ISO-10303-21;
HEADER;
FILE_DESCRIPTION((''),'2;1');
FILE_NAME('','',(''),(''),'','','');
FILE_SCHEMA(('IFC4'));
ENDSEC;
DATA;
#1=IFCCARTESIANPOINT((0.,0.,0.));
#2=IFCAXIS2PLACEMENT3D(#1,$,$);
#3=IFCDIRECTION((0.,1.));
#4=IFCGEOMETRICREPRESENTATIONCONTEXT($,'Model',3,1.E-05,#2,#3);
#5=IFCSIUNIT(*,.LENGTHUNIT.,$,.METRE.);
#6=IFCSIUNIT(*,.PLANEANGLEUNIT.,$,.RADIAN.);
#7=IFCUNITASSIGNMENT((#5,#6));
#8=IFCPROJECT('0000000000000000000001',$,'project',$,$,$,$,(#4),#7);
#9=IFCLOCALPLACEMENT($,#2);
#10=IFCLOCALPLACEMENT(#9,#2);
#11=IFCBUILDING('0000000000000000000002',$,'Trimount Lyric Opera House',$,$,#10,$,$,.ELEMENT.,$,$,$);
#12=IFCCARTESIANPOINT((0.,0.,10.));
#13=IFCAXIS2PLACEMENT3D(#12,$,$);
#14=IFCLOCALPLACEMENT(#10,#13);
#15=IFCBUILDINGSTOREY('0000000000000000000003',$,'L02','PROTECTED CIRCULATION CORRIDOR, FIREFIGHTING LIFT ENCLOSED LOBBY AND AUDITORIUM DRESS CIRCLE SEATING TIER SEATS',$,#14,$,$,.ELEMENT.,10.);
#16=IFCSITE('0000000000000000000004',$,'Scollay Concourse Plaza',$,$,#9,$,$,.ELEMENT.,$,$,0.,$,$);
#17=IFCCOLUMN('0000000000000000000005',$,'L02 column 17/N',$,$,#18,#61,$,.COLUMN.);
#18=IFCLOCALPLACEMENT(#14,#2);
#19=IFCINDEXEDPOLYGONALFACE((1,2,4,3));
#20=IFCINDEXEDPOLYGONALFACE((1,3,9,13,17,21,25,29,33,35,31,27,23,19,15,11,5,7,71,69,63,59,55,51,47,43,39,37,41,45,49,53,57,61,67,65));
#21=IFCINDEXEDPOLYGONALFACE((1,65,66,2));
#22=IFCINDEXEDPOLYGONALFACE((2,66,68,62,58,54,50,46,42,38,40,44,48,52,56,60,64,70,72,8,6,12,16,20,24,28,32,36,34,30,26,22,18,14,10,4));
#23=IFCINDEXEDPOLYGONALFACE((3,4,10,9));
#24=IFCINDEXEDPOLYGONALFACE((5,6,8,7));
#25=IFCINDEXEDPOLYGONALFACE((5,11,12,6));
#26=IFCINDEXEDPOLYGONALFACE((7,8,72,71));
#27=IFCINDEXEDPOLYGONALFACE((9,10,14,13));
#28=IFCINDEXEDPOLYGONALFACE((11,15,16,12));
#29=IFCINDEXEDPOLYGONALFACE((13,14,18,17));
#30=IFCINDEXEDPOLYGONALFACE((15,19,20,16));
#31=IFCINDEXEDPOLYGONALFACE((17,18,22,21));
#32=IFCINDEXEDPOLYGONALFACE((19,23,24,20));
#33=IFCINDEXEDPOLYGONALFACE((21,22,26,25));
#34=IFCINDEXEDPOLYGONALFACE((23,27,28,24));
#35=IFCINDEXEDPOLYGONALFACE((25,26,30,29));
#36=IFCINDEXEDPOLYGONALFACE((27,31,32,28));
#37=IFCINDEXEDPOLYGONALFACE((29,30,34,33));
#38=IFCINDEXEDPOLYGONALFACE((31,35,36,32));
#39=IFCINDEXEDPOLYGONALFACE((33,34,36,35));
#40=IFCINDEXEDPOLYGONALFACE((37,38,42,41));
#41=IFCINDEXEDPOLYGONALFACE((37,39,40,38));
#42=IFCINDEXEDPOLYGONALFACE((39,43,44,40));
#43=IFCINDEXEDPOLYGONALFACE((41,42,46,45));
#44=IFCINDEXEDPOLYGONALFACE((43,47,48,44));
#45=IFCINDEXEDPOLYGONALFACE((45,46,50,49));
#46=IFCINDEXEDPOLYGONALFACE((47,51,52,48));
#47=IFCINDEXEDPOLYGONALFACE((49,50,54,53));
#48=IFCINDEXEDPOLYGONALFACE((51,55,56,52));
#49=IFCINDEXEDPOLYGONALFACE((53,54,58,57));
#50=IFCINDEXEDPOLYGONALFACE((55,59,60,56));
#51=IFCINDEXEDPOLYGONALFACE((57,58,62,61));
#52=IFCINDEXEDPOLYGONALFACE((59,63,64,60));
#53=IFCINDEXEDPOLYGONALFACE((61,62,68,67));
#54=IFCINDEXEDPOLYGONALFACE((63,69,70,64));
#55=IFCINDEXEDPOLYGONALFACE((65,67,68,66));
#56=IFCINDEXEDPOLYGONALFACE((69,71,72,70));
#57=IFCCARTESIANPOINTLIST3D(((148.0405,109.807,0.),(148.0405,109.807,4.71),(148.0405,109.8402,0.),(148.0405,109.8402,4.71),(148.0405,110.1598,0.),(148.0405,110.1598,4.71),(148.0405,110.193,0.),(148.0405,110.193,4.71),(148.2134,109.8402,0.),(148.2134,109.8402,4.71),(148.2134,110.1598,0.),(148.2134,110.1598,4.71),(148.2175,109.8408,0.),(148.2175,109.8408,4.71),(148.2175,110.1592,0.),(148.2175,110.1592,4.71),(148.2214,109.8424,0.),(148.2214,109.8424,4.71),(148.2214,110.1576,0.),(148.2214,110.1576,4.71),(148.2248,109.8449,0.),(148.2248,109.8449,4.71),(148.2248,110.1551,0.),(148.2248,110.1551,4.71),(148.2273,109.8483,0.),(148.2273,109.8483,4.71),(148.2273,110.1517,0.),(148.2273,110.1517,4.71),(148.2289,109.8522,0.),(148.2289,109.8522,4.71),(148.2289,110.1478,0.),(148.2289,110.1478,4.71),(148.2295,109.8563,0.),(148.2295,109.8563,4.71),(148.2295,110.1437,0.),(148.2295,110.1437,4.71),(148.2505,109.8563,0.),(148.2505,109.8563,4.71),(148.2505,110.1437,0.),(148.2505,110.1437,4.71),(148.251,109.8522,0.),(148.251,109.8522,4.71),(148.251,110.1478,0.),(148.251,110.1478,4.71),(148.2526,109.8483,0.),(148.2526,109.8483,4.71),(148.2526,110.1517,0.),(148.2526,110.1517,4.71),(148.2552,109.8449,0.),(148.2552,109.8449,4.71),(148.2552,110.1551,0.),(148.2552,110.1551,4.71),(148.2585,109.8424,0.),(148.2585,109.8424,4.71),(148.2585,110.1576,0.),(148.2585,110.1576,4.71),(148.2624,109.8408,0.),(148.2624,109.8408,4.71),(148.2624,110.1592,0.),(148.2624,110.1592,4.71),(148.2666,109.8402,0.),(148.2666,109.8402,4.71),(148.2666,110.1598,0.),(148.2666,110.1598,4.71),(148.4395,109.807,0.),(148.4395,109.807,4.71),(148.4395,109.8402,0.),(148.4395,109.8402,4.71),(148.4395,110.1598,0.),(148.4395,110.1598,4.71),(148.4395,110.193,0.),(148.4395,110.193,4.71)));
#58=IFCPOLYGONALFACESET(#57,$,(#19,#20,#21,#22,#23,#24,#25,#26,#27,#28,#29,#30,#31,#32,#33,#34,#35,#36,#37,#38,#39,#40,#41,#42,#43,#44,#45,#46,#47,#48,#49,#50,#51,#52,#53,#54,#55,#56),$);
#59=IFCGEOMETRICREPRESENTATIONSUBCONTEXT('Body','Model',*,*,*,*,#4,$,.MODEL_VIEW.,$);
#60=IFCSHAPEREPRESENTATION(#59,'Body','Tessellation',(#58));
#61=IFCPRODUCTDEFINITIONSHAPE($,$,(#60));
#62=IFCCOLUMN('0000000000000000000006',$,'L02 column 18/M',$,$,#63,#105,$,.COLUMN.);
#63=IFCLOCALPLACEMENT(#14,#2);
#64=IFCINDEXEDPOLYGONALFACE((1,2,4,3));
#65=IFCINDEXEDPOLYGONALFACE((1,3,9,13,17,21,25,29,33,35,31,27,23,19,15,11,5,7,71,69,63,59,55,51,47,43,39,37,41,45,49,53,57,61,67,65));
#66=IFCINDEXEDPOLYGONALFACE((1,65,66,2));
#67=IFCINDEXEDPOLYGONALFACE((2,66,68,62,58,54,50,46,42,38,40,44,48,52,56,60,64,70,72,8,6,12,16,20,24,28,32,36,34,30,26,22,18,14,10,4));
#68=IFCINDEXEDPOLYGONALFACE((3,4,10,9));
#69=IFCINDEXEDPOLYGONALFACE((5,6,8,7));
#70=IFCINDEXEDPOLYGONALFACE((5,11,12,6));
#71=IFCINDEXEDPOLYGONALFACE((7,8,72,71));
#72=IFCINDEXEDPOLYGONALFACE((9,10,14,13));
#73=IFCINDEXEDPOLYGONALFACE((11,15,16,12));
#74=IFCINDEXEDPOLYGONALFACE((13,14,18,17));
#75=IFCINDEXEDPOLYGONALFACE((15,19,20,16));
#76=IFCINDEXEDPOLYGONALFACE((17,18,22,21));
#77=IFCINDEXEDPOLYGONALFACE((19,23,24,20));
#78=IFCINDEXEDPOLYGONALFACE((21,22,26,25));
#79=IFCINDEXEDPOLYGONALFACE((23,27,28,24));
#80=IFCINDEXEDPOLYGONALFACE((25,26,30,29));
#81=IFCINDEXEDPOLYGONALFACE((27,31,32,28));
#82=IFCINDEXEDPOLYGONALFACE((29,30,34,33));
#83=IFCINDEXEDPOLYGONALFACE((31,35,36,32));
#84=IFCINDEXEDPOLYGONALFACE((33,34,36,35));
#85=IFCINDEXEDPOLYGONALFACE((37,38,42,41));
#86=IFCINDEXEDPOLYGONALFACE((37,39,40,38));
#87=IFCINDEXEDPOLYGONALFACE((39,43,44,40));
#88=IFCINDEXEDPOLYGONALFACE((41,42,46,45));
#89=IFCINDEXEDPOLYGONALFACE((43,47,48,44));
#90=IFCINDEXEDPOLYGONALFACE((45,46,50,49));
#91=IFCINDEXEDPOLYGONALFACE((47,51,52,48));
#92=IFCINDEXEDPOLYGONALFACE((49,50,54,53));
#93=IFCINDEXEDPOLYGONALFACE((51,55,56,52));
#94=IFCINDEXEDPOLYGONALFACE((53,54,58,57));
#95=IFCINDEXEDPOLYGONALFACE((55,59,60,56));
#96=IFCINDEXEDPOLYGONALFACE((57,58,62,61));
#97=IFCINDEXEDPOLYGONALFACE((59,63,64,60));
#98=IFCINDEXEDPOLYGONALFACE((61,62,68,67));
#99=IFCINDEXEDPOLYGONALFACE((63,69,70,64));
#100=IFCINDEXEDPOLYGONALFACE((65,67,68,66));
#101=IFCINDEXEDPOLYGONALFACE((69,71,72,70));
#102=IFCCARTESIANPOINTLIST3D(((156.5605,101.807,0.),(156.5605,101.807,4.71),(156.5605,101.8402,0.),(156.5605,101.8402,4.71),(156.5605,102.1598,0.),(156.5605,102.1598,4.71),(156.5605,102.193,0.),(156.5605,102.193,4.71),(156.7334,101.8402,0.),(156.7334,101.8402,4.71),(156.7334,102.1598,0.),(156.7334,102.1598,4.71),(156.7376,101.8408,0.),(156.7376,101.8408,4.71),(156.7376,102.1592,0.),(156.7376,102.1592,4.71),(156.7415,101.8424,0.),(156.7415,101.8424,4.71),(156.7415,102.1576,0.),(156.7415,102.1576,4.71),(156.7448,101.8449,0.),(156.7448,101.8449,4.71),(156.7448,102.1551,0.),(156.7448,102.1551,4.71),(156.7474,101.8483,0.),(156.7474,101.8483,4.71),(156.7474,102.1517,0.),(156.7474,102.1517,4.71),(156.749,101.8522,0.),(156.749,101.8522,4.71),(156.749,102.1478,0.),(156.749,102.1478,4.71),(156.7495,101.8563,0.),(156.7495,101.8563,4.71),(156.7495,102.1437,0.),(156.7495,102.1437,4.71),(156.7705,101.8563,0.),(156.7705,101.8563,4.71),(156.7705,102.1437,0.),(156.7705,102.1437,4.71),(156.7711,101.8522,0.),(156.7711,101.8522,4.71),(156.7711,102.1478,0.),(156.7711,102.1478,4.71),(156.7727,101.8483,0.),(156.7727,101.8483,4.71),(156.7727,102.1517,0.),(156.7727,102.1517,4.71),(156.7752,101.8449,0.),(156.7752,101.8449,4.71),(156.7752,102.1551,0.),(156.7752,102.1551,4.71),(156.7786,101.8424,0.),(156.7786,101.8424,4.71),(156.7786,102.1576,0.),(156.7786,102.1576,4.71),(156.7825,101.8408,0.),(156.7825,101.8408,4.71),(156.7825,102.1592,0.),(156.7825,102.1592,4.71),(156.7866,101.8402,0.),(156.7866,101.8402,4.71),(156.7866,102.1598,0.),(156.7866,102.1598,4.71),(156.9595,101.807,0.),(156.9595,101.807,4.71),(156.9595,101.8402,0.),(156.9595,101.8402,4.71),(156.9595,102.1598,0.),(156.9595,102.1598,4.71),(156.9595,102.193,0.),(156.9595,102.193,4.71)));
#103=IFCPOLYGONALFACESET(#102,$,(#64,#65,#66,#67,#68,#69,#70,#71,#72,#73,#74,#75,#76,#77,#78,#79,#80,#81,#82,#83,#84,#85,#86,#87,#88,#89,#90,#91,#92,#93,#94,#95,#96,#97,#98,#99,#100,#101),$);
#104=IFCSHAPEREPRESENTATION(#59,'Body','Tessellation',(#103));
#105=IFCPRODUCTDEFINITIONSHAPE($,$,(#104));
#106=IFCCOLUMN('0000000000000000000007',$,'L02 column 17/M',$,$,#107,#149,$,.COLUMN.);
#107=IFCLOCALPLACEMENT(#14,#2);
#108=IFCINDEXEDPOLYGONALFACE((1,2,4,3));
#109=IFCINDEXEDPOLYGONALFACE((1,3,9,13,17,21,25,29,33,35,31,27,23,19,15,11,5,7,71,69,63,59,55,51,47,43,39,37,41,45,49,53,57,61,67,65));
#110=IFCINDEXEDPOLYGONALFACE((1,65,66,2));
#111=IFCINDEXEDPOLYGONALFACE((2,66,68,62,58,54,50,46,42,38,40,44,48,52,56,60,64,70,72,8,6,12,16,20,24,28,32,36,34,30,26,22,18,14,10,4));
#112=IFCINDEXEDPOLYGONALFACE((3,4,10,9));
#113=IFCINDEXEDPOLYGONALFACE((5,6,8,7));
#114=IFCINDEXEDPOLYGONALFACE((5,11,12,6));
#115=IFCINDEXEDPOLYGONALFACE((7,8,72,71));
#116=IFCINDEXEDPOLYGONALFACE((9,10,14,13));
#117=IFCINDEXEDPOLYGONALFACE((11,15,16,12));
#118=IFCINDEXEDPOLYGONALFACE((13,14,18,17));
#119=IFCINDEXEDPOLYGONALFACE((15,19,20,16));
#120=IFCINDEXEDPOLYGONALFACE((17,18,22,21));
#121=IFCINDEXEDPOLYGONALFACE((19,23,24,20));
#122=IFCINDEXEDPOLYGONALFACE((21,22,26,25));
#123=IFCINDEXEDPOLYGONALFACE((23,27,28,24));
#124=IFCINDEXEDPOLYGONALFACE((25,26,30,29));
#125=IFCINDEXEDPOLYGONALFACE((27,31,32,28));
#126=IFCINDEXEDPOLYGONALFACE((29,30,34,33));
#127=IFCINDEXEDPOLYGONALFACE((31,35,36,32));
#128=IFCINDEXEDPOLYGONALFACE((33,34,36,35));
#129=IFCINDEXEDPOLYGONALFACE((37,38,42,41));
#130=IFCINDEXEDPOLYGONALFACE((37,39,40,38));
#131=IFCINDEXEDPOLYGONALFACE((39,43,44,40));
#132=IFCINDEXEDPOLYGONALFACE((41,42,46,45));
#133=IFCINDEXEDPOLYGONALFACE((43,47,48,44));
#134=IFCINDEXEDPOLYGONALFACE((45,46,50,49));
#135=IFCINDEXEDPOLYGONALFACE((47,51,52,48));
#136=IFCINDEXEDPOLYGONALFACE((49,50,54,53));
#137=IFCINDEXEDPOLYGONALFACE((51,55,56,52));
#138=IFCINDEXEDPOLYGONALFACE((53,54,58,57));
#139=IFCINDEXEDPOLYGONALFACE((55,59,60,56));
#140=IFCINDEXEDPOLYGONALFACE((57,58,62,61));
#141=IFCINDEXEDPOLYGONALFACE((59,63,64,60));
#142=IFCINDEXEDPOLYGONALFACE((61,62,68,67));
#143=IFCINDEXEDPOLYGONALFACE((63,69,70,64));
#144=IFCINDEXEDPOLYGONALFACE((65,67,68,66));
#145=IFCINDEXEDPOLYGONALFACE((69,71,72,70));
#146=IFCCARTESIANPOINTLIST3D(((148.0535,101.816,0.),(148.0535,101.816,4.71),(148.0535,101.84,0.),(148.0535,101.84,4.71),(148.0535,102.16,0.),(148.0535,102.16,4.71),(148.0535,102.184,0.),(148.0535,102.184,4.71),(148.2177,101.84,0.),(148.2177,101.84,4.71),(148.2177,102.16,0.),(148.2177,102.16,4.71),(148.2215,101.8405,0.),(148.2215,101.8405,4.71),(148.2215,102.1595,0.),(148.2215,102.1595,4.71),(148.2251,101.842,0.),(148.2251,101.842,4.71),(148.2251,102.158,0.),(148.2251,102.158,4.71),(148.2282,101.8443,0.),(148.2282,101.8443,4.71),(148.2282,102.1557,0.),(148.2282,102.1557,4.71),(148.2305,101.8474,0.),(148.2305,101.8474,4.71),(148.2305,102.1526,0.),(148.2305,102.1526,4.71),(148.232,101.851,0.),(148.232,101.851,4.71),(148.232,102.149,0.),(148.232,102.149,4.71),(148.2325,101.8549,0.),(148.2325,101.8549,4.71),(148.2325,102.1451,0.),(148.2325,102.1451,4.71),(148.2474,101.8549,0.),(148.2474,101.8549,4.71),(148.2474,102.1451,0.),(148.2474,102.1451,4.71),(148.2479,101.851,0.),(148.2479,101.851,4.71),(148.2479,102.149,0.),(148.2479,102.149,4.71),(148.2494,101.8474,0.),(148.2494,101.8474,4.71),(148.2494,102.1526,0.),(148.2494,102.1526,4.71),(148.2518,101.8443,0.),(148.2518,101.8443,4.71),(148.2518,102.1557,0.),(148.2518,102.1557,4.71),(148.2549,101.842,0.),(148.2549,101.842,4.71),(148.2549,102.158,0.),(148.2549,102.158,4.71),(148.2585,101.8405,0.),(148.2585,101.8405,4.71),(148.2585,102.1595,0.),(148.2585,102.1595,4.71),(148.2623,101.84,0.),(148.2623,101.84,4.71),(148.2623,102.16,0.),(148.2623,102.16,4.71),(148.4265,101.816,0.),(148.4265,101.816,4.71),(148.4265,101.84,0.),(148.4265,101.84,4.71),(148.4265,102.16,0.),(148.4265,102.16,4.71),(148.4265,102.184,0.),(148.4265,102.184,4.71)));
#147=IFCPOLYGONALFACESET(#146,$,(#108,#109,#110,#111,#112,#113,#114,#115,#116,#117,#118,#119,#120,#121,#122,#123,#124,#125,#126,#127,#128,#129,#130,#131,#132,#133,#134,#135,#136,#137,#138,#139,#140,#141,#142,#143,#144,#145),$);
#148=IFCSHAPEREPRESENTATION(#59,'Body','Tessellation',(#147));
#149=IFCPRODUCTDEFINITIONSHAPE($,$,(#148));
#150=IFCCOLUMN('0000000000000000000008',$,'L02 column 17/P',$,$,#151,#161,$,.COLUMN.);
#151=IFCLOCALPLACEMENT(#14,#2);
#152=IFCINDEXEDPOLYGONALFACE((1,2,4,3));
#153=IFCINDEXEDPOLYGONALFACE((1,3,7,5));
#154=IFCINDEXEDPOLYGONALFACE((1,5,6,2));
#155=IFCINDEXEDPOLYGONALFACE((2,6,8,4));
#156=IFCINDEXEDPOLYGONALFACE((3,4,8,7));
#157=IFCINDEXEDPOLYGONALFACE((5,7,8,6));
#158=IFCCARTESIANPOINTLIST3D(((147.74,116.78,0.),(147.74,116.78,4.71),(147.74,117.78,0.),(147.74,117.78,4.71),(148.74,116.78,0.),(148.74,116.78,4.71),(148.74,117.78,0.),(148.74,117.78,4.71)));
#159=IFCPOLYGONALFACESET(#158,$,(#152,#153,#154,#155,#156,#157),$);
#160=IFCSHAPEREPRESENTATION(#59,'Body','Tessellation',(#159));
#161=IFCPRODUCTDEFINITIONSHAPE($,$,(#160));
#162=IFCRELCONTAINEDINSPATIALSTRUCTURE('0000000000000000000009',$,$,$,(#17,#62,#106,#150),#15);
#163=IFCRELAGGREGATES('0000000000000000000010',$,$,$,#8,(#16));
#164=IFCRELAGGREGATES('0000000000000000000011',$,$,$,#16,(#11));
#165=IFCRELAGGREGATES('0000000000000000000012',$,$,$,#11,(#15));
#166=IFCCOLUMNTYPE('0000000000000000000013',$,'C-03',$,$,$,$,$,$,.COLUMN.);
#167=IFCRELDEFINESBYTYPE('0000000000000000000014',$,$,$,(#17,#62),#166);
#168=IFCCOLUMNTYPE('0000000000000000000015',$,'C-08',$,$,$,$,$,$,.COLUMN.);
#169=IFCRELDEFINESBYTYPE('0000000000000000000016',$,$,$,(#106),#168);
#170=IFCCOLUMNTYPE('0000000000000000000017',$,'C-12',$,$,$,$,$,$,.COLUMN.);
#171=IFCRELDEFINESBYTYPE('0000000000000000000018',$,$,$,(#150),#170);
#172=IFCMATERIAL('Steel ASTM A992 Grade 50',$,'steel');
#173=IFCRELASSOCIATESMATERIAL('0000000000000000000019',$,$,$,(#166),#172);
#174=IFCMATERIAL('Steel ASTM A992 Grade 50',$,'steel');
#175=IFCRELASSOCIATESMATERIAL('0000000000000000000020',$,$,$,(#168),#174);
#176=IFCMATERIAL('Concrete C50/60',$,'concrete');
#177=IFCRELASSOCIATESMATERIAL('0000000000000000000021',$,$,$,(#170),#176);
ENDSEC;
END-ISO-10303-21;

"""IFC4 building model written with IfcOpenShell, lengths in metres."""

from ifc_helpers import new_model, si_unit, direction, frame, origin, origin_2d, place, context, subcontext, project, spatial, rectangle, i_section, extrude, material, material_profile, profile_set, type_object, element, save


model = new_model("IFC4")

# Units and contexts
model_context = context("Model", 3, precision=1e-05, world=origin(), true_north=direction((0.0, 1.0)))
body_context = subcontext(model_context, "Body", "Model", "MODEL_VIEW")
ifc_project = project(units=[si_unit("LENGTHUNIT", "METRE"), si_unit("PLANEANGLEUNIT", "RADIAN")], contexts=[model_context])

# Site, building, storey
site_placement = place(None, origin())
site = spatial("IfcSite", under=ifc_project, at=site_placement, Name="Scollay Concourse Plaza", CompositionType="ELEMENT", RefElevation=0.0)
building_placement = place(site_placement, origin())
building = spatial("IfcBuilding", under=site, at=building_placement, Name="Trimount Lyric Opera House", CompositionType="ELEMENT")
storey_placement = place(building_placement, frame((0.0, 0.0, 10.0)))
storey = spatial("IfcBuildingStorey", under=building, at=storey_placement, Name="L02", Description="PROTECTED CIRCULATION CORRIDOR, FIREFIGHTING LIFT ENCLOSED LOBBY AND AUDITORIUM DRESS CIRCLE SEATING TIER SEATS", CompositionType="ELEMENT", Elevation=10.0)

# Columns
ifc_material_1 = material(Name="Steel ASTM A992 Grade 50", Category="steel")
ifc_material_profile_1 = material_profile(ifc_material_1, i_section(OverallWidth=0.3989, OverallDepth=0.386, WebThickness=0.021, FlangeThickness=0.0332, FilletRadius=0.0161, at=origin_2d()), Name="W14X176")
ifc_profile_set_1 = profile_set([ifc_material_profile_1], Name="Steel ASTM A992 Grade 50")
column_type_1 = type_object("IfcColumnType", Name="C-03", PredefinedType="COLUMN", material=ifc_profile_set_1)
for number, where, z_axis, x_axis, name in (
    (1, (148.24, 110.0, 0.0), (0.0, 0.0, 1.0), (1.0, 0.0, 0.0), "L02 column 17/N"),
    (2, (156.76, 102.0, 0.0), (0.0, 0.0, 1.0), (1.0, 0.0, 0.0), "L02 column 18/M"),
):
    element("IfcColumn", number, at=place(storey_placement, frame(where, z_axis=z_axis, x_axis=x_axis)), inside=storey, type_object=column_type_1, Name=name, PredefinedType="COLUMN", context=body_context, shape_type="SweptSolid", body=[
        extrude(i_section(OverallWidth=0.3989, OverallDepth=0.386, WebThickness=0.021, FlangeThickness=0.0332, FilletRadius=0.0161, at=origin_2d()), origin(), (0.0, 0.0, 1.0), 4.71),
    ])
ifc_material_2 = material(Name="Steel ASTM A992 Grade 50", Category="steel")
ifc_material_profile_2 = material_profile(ifc_material_2, i_section(OverallWidth=0.373, OverallDepth=0.3679, WebThickness=0.0149, FlangeThickness=0.0239, FilletRadius=0.0149, at=origin_2d()), Name="W14X120")
ifc_profile_set_2 = profile_set([ifc_material_profile_2], Name="Steel ASTM A992 Grade 50")
column_type_2 = type_object("IfcColumnType", Name="C-08", PredefinedType="COLUMN", material=ifc_profile_set_2)
column_1_placement = place(storey_placement, frame((148.24, 102.0, 0.0), z_axis=(0.0, 0.0, 1.0), x_axis=(1.0, 0.0, 0.0)))
element("IfcColumn", 3, at=column_1_placement, inside=storey, type_object=column_type_2, Name="L02 column 17/M", PredefinedType="COLUMN", context=body_context, shape_type="SweptSolid", body=[
    extrude(i_section(OverallWidth=0.373, OverallDepth=0.3679, WebThickness=0.0149, FlangeThickness=0.0239, FilletRadius=0.0149, at=origin_2d()), origin(), (0.0, 0.0, 1.0), 4.71),
])
ifc_material_3 = material(Name="Concrete C50/60", Category="concrete")
ifc_material_profile_3 = material_profile(ifc_material_3, rectangle(XDim=1.0, YDim=1.0, at=origin_2d()), Name="RC1000X1000")
ifc_profile_set_3 = profile_set([ifc_material_profile_3], Name="Concrete C50/60")
column_type_3 = type_object("IfcColumnType", Name="C-12", PredefinedType="COLUMN", material=ifc_profile_set_3)
column_2_placement = place(storey_placement, frame((148.24, 117.28, 0.0), z_axis=(0.0, 0.0, 1.0), x_axis=(1.0, 0.0, 0.0)))
element("IfcColumn", 4, at=column_2_placement, inside=storey, type_object=column_type_3, Name="L02 column 17/P", PredefinedType="COLUMN", context=body_context, shape_type="SweptSolid", body=[
    extrude(rectangle(XDim=1.0, YDim=1.0, at=origin_2d()), origin(), (0.0, 0.0, 1.0), 4.71),
])

save(model, "model.ifc")
